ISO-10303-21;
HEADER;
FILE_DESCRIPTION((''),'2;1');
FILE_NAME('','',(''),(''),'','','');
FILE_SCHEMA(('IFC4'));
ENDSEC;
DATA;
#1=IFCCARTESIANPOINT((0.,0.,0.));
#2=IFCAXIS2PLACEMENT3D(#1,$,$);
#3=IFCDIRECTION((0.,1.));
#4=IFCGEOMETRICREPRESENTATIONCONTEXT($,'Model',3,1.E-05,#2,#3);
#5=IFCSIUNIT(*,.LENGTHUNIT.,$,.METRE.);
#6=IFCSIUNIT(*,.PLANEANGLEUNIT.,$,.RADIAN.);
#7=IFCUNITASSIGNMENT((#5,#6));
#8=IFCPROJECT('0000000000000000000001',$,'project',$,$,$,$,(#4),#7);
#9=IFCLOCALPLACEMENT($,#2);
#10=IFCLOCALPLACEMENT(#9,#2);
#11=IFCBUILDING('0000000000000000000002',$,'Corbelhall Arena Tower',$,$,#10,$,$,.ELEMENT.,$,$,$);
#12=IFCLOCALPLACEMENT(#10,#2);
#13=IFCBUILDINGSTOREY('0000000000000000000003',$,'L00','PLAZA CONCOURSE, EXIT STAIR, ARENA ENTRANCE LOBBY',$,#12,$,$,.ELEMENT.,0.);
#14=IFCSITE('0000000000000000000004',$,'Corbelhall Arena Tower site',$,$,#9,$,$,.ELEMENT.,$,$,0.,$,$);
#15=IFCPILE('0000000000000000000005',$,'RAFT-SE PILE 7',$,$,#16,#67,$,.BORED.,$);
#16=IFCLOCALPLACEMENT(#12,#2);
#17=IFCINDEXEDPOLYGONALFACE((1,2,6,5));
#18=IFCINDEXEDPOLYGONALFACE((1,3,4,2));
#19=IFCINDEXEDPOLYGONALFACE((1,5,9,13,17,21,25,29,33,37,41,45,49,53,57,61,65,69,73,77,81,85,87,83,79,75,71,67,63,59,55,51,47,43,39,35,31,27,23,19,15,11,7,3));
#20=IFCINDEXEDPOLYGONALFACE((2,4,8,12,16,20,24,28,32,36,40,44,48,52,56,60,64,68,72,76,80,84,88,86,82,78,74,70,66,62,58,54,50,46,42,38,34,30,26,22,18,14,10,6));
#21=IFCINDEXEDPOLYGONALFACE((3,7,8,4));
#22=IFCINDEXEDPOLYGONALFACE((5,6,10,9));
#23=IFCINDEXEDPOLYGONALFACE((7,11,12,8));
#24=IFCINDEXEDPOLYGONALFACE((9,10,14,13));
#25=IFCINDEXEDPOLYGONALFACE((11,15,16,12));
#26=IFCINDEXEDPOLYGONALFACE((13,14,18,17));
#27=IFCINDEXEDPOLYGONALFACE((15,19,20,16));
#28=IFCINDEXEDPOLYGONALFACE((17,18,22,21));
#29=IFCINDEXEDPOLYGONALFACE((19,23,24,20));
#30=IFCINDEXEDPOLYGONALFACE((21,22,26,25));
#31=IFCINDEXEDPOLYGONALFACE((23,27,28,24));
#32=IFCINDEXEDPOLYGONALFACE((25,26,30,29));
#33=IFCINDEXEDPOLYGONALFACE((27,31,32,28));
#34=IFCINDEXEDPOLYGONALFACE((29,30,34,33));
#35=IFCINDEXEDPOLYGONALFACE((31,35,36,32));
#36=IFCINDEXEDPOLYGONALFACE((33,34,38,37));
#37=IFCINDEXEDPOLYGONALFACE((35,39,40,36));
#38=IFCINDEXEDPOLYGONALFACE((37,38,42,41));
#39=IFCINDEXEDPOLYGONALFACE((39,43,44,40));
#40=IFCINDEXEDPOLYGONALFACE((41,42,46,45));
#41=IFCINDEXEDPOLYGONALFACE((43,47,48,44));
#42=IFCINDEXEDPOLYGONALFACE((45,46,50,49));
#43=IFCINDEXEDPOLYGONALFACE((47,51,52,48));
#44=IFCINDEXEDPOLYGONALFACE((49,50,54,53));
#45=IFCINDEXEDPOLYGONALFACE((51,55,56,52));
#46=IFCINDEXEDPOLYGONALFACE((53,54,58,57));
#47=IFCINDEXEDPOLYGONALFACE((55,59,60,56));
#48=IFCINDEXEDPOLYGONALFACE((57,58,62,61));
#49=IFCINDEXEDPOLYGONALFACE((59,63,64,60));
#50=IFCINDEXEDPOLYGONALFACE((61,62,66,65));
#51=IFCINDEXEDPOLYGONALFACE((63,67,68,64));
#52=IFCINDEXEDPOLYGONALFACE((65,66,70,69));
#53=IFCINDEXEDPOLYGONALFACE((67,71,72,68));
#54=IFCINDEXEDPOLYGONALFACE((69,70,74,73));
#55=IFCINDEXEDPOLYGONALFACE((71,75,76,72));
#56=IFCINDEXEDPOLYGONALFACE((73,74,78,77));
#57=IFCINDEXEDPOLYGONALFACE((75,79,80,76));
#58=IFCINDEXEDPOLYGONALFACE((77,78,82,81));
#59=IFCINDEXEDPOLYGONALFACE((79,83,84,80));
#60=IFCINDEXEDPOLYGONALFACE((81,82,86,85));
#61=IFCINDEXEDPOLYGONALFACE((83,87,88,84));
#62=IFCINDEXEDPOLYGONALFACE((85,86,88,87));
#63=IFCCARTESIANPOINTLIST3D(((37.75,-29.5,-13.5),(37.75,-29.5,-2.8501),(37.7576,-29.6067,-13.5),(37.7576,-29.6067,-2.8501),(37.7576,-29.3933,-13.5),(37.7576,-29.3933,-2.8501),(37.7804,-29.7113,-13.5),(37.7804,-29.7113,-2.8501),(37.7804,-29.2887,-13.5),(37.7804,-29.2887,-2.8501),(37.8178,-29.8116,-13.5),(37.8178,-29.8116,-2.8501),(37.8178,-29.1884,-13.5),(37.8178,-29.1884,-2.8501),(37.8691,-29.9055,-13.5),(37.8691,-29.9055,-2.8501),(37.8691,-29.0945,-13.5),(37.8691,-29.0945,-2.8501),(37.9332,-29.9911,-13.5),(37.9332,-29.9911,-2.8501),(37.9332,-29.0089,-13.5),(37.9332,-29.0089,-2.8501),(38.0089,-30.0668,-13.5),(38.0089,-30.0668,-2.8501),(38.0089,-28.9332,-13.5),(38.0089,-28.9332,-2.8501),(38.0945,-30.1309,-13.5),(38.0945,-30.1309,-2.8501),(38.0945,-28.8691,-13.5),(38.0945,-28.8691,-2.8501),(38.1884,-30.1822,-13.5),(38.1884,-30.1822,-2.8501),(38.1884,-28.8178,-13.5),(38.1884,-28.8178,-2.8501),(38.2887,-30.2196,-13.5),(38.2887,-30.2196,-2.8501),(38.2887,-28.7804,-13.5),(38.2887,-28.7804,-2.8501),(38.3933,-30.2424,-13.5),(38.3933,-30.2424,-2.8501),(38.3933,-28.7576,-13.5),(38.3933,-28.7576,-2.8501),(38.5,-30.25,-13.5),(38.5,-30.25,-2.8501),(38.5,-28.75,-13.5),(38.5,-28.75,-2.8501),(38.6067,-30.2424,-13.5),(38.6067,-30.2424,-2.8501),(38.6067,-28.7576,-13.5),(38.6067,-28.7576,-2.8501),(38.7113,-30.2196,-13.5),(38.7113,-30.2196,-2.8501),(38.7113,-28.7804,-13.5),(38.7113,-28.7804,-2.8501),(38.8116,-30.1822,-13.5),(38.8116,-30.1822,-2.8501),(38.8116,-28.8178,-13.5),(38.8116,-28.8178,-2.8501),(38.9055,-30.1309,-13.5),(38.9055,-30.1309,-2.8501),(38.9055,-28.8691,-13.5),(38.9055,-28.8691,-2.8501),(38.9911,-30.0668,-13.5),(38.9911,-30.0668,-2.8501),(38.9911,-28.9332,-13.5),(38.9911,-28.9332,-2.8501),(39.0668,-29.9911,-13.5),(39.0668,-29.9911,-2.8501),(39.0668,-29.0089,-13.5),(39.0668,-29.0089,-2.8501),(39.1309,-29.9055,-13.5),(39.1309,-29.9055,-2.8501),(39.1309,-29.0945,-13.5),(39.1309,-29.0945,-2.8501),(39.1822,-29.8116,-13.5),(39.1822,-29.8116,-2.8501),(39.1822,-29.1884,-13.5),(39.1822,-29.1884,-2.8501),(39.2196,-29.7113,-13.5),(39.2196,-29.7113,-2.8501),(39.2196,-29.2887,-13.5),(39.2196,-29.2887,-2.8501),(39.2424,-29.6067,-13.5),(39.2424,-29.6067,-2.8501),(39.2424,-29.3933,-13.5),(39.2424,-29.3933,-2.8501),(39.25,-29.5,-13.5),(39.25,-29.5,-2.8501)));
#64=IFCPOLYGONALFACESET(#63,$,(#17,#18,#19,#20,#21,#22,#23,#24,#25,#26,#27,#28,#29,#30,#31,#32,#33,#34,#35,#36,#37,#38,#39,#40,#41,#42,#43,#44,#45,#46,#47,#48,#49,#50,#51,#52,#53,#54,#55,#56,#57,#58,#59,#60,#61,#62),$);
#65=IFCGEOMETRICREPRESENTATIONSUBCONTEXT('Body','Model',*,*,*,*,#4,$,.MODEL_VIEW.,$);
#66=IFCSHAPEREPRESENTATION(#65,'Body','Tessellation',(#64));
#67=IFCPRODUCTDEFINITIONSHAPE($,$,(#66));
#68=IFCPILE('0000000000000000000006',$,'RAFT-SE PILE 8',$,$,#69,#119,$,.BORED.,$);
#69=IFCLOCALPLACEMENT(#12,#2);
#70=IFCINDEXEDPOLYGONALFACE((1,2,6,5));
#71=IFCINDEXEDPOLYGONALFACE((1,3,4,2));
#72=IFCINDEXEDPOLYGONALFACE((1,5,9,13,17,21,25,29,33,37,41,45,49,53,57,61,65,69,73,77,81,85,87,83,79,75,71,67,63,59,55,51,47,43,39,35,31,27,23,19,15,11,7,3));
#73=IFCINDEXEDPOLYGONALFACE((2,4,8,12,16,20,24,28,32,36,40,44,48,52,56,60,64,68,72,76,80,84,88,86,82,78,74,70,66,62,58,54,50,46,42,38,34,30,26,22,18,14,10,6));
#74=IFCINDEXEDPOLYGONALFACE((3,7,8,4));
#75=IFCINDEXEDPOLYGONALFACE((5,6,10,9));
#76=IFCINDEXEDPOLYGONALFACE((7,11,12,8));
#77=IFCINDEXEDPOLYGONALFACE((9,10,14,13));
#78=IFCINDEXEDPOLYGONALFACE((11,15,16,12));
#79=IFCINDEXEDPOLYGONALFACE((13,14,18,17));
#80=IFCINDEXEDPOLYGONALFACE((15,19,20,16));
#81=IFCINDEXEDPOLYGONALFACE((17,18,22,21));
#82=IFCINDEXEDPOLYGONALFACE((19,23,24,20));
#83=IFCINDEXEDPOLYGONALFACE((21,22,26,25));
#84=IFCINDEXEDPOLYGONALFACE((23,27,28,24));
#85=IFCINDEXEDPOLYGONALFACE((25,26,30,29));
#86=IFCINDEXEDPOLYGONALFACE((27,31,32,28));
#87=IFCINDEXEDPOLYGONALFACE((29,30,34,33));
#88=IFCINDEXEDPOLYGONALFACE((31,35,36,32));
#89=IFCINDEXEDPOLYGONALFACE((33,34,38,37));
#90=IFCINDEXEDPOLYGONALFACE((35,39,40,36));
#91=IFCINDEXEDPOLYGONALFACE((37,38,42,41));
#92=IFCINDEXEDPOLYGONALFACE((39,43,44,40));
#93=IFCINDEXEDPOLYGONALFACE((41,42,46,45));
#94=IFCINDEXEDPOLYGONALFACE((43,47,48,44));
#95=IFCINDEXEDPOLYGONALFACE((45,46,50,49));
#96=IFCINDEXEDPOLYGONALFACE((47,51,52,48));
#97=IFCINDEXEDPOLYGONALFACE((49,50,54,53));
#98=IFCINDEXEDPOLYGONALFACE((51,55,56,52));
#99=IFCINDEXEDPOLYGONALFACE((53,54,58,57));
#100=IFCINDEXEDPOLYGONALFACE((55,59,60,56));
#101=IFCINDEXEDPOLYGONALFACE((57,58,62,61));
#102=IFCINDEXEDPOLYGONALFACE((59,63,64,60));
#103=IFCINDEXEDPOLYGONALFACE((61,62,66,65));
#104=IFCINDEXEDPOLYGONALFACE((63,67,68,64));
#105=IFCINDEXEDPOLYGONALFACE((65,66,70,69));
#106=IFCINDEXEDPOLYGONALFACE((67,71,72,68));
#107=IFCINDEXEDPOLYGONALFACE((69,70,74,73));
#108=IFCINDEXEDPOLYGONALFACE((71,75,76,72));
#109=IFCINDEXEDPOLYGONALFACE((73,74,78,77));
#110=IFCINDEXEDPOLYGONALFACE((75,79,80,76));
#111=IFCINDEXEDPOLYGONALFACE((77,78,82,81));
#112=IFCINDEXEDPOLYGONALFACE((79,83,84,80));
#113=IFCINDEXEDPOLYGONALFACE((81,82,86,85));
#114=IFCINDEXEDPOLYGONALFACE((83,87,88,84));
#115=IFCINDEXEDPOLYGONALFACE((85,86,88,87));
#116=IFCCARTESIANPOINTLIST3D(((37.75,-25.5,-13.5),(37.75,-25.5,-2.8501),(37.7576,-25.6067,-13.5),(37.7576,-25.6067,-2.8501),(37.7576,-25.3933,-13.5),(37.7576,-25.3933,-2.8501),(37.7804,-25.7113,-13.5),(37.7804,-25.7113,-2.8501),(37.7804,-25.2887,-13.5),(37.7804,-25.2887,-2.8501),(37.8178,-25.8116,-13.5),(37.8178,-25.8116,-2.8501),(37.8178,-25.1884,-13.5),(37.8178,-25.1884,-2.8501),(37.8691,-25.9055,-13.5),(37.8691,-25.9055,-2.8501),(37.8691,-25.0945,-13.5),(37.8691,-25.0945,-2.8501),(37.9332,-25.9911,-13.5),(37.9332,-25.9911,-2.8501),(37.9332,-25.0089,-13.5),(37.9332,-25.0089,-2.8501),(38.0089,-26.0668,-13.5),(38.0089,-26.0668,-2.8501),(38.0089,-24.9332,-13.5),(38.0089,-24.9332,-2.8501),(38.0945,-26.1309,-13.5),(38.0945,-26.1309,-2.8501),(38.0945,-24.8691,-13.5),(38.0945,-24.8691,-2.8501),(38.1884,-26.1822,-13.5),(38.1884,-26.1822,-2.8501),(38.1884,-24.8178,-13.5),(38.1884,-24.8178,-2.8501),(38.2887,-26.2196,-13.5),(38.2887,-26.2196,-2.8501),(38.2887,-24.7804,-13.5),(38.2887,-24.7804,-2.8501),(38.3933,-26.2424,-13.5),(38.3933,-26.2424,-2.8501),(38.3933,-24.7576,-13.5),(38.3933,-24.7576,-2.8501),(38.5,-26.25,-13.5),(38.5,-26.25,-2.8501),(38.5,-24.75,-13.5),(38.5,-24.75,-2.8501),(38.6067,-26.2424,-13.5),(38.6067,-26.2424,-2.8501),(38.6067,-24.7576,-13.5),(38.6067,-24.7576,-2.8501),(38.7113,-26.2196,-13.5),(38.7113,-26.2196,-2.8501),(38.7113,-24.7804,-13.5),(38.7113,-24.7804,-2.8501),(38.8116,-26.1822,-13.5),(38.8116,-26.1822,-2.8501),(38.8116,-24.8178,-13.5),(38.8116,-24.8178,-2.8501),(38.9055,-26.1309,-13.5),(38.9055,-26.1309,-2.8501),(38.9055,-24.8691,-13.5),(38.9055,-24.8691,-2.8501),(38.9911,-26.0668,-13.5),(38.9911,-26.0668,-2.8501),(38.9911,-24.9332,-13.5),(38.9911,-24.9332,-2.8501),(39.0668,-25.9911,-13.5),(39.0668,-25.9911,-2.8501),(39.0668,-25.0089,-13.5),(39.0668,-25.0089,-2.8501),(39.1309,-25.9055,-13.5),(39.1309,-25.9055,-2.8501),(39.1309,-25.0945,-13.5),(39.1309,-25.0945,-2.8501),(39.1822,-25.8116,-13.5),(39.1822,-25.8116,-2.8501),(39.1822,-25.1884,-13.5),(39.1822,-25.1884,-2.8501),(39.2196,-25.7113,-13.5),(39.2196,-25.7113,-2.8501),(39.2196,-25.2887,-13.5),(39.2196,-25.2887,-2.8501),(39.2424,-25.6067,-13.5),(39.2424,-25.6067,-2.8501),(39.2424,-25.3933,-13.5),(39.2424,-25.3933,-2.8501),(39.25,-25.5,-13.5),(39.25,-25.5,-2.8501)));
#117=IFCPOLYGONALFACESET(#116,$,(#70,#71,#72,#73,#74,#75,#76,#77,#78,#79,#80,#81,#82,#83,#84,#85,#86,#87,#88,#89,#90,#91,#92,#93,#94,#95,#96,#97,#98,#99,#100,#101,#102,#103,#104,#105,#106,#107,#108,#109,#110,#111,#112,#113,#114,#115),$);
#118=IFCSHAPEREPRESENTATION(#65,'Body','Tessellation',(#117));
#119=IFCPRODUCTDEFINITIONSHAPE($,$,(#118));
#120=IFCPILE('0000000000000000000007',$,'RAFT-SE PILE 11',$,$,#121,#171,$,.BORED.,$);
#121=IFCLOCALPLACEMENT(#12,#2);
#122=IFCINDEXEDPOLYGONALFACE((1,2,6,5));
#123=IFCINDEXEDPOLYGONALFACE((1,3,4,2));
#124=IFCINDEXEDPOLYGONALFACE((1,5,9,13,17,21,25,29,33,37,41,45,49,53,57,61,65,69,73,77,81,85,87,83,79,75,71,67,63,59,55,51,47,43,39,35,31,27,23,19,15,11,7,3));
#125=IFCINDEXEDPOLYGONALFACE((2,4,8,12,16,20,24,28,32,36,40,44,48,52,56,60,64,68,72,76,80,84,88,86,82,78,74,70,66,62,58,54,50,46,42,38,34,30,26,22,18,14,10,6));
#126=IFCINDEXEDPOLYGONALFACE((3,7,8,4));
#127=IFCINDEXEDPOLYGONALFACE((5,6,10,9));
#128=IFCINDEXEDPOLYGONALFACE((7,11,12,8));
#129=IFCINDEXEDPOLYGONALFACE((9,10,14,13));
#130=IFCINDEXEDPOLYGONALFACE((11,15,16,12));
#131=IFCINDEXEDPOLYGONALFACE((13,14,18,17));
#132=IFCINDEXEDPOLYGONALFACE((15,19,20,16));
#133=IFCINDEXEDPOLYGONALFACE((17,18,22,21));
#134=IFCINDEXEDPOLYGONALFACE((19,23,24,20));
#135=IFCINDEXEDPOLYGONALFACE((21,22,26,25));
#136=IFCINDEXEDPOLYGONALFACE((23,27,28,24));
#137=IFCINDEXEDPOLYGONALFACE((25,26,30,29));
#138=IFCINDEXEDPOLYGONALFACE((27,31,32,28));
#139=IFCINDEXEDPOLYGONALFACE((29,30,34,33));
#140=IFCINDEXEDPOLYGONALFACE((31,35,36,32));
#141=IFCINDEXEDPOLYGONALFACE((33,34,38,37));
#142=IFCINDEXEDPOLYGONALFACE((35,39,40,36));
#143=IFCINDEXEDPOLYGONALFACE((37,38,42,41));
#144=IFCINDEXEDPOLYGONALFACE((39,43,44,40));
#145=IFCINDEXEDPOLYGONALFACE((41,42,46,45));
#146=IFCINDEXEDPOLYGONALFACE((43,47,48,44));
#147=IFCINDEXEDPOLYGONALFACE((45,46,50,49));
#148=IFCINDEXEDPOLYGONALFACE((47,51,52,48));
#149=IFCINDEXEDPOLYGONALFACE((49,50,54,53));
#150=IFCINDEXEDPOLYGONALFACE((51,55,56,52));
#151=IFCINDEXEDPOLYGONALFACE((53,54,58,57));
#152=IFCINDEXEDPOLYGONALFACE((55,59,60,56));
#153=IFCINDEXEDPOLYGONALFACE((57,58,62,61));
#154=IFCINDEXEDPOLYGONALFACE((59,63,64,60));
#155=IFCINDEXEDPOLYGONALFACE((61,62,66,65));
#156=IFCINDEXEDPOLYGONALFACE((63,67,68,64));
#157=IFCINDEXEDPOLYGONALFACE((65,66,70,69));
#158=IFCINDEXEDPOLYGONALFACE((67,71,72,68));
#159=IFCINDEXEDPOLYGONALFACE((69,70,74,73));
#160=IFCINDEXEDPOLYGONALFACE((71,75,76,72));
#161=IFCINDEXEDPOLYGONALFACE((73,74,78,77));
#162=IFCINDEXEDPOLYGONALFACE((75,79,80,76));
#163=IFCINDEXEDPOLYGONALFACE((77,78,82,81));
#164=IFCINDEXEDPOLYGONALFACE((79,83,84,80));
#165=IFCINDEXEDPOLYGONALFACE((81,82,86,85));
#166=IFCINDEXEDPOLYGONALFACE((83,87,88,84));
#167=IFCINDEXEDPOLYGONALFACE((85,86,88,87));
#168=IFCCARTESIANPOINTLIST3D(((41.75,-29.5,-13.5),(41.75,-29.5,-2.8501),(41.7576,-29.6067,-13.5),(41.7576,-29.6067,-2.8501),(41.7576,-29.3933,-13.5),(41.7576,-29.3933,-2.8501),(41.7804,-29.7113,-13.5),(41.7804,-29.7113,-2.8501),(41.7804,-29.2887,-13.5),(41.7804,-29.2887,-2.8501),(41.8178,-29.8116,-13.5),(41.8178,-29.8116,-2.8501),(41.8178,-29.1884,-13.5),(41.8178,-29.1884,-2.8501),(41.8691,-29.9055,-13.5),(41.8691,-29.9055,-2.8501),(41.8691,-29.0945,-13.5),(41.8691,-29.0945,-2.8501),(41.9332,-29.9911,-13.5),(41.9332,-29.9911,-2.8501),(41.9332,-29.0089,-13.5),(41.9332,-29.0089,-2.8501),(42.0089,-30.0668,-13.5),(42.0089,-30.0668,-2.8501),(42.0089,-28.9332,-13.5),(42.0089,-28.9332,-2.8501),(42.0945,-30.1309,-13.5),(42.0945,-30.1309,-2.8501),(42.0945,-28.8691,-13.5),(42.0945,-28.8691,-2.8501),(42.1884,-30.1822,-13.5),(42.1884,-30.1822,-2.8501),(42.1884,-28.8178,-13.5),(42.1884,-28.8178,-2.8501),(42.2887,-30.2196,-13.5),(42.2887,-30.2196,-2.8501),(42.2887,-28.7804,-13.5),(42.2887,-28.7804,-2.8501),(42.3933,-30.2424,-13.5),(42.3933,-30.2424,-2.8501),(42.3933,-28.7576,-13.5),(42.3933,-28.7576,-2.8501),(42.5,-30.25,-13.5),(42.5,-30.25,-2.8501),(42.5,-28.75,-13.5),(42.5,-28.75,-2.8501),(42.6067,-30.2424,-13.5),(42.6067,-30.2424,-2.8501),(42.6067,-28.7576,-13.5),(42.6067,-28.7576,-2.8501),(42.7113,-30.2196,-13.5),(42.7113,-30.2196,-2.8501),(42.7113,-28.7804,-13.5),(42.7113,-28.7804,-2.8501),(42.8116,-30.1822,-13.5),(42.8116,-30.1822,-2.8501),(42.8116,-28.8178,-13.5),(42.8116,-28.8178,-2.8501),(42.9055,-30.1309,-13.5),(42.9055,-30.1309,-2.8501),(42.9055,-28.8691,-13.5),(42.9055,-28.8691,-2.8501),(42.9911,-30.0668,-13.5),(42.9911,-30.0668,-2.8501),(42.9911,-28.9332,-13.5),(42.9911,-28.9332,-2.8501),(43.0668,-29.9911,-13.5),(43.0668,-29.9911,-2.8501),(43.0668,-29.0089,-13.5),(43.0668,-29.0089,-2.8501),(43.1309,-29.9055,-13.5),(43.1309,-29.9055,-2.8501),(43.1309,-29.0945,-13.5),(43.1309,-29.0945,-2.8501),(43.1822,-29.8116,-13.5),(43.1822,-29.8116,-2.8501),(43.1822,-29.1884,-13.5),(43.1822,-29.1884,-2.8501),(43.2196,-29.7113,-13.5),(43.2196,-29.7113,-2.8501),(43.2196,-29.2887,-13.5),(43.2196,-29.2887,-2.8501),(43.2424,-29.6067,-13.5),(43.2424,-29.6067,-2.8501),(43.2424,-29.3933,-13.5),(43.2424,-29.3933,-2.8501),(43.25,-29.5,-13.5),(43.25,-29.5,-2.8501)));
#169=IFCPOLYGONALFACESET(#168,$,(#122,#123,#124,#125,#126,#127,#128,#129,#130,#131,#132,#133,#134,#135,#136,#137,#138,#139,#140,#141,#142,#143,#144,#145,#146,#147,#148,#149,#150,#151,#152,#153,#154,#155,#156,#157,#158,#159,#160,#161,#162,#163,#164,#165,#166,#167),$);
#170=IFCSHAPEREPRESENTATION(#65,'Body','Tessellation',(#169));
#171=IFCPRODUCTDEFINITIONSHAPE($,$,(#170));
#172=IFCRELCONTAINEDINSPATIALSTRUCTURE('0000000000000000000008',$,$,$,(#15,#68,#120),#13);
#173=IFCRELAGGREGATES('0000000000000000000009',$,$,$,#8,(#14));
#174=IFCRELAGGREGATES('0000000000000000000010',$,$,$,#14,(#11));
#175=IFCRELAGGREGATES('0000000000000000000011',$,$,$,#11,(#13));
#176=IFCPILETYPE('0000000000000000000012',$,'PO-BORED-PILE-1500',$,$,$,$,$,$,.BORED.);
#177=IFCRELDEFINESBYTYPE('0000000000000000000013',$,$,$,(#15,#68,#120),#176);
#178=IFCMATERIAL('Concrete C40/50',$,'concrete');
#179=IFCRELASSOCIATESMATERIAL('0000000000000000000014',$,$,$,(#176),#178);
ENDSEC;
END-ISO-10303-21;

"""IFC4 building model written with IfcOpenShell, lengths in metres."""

from ifc_helpers import new_model, si_unit, direction, frame, origin, origin_2d, place, context, subcontext, project, spatial, circle, extrude, material, material_profile, profile_set, type_object, element, save


model = new_model("IFC4")

# Units and contexts
model_context = context("Model", 3, precision=1e-05, world=origin(), true_north=direction((0.0, 1.0)))
body_context = subcontext(model_context, "Body", "Model", "MODEL_VIEW")
ifc_project = project(units=[si_unit("LENGTHUNIT", "METRE"), si_unit("PLANEANGLEUNIT", "RADIAN")], contexts=[model_context])

# Site, building, storey
site_placement = place(None, origin())
site = spatial("IfcSite", under=ifc_project, at=site_placement, Name="Corbelhall Arena Tower site", CompositionType="ELEMENT", RefElevation=0.0)
building_placement = place(site_placement, origin())
building = spatial("IfcBuilding", under=site, at=building_placement, Name="Corbelhall Arena Tower", CompositionType="ELEMENT")
storey_placement = place(building_placement, origin())
storey = spatial("IfcBuildingStorey", under=building, at=storey_placement, Name="L00", Description="PLAZA CONCOURSE, EXIT STAIR, ARENA ENTRANCE LOBBY", CompositionType="ELEMENT", Elevation=0.0)

# Piles
ifc_material_1 = material(Name="Concrete C40/50", Category="concrete")
ifc_material_profile_1 = material_profile(ifc_material_1, circle(Radius=0.75, at=origin_2d()))
ifc_profile_set_1 = profile_set([ifc_material_profile_1], Name="Concrete C40/50")
pile_type_1 = type_object("IfcPileType", Name="PO-BORED-PILE-1500", PredefinedType="BORED", material=ifc_profile_set_1)
for number, where, z_axis, x_axis, name in (
    (1, (38.5, -29.5, -2.8501), (0.0, 0.0, -1.0), (1.0, 0.0, 0.0), "RAFT-SE PILE 7"),
    (2, (38.5, -25.5, -2.8501), (0.0, 0.0, -1.0), (1.0, 0.0, 0.0), "RAFT-SE PILE 8"),
    (3, (42.5, -29.5, -2.8501), (0.0, 0.0, -1.0), (1.0, 0.0, 0.0), "RAFT-SE PILE 11"),
):
    element("IfcPile", number, at=place(storey_placement, frame(where, z_axis=z_axis, x_axis=x_axis)), inside=storey, type_object=pile_type_1, Name=name, PredefinedType="BORED", context=body_context, shape_type="SweptSolid", body=[
        extrude(circle(Radius=0.75, at=origin_2d()), origin(), (0.0, 0.0, 1.0), 10.6499),
    ])

save(model, "model.ifc")
